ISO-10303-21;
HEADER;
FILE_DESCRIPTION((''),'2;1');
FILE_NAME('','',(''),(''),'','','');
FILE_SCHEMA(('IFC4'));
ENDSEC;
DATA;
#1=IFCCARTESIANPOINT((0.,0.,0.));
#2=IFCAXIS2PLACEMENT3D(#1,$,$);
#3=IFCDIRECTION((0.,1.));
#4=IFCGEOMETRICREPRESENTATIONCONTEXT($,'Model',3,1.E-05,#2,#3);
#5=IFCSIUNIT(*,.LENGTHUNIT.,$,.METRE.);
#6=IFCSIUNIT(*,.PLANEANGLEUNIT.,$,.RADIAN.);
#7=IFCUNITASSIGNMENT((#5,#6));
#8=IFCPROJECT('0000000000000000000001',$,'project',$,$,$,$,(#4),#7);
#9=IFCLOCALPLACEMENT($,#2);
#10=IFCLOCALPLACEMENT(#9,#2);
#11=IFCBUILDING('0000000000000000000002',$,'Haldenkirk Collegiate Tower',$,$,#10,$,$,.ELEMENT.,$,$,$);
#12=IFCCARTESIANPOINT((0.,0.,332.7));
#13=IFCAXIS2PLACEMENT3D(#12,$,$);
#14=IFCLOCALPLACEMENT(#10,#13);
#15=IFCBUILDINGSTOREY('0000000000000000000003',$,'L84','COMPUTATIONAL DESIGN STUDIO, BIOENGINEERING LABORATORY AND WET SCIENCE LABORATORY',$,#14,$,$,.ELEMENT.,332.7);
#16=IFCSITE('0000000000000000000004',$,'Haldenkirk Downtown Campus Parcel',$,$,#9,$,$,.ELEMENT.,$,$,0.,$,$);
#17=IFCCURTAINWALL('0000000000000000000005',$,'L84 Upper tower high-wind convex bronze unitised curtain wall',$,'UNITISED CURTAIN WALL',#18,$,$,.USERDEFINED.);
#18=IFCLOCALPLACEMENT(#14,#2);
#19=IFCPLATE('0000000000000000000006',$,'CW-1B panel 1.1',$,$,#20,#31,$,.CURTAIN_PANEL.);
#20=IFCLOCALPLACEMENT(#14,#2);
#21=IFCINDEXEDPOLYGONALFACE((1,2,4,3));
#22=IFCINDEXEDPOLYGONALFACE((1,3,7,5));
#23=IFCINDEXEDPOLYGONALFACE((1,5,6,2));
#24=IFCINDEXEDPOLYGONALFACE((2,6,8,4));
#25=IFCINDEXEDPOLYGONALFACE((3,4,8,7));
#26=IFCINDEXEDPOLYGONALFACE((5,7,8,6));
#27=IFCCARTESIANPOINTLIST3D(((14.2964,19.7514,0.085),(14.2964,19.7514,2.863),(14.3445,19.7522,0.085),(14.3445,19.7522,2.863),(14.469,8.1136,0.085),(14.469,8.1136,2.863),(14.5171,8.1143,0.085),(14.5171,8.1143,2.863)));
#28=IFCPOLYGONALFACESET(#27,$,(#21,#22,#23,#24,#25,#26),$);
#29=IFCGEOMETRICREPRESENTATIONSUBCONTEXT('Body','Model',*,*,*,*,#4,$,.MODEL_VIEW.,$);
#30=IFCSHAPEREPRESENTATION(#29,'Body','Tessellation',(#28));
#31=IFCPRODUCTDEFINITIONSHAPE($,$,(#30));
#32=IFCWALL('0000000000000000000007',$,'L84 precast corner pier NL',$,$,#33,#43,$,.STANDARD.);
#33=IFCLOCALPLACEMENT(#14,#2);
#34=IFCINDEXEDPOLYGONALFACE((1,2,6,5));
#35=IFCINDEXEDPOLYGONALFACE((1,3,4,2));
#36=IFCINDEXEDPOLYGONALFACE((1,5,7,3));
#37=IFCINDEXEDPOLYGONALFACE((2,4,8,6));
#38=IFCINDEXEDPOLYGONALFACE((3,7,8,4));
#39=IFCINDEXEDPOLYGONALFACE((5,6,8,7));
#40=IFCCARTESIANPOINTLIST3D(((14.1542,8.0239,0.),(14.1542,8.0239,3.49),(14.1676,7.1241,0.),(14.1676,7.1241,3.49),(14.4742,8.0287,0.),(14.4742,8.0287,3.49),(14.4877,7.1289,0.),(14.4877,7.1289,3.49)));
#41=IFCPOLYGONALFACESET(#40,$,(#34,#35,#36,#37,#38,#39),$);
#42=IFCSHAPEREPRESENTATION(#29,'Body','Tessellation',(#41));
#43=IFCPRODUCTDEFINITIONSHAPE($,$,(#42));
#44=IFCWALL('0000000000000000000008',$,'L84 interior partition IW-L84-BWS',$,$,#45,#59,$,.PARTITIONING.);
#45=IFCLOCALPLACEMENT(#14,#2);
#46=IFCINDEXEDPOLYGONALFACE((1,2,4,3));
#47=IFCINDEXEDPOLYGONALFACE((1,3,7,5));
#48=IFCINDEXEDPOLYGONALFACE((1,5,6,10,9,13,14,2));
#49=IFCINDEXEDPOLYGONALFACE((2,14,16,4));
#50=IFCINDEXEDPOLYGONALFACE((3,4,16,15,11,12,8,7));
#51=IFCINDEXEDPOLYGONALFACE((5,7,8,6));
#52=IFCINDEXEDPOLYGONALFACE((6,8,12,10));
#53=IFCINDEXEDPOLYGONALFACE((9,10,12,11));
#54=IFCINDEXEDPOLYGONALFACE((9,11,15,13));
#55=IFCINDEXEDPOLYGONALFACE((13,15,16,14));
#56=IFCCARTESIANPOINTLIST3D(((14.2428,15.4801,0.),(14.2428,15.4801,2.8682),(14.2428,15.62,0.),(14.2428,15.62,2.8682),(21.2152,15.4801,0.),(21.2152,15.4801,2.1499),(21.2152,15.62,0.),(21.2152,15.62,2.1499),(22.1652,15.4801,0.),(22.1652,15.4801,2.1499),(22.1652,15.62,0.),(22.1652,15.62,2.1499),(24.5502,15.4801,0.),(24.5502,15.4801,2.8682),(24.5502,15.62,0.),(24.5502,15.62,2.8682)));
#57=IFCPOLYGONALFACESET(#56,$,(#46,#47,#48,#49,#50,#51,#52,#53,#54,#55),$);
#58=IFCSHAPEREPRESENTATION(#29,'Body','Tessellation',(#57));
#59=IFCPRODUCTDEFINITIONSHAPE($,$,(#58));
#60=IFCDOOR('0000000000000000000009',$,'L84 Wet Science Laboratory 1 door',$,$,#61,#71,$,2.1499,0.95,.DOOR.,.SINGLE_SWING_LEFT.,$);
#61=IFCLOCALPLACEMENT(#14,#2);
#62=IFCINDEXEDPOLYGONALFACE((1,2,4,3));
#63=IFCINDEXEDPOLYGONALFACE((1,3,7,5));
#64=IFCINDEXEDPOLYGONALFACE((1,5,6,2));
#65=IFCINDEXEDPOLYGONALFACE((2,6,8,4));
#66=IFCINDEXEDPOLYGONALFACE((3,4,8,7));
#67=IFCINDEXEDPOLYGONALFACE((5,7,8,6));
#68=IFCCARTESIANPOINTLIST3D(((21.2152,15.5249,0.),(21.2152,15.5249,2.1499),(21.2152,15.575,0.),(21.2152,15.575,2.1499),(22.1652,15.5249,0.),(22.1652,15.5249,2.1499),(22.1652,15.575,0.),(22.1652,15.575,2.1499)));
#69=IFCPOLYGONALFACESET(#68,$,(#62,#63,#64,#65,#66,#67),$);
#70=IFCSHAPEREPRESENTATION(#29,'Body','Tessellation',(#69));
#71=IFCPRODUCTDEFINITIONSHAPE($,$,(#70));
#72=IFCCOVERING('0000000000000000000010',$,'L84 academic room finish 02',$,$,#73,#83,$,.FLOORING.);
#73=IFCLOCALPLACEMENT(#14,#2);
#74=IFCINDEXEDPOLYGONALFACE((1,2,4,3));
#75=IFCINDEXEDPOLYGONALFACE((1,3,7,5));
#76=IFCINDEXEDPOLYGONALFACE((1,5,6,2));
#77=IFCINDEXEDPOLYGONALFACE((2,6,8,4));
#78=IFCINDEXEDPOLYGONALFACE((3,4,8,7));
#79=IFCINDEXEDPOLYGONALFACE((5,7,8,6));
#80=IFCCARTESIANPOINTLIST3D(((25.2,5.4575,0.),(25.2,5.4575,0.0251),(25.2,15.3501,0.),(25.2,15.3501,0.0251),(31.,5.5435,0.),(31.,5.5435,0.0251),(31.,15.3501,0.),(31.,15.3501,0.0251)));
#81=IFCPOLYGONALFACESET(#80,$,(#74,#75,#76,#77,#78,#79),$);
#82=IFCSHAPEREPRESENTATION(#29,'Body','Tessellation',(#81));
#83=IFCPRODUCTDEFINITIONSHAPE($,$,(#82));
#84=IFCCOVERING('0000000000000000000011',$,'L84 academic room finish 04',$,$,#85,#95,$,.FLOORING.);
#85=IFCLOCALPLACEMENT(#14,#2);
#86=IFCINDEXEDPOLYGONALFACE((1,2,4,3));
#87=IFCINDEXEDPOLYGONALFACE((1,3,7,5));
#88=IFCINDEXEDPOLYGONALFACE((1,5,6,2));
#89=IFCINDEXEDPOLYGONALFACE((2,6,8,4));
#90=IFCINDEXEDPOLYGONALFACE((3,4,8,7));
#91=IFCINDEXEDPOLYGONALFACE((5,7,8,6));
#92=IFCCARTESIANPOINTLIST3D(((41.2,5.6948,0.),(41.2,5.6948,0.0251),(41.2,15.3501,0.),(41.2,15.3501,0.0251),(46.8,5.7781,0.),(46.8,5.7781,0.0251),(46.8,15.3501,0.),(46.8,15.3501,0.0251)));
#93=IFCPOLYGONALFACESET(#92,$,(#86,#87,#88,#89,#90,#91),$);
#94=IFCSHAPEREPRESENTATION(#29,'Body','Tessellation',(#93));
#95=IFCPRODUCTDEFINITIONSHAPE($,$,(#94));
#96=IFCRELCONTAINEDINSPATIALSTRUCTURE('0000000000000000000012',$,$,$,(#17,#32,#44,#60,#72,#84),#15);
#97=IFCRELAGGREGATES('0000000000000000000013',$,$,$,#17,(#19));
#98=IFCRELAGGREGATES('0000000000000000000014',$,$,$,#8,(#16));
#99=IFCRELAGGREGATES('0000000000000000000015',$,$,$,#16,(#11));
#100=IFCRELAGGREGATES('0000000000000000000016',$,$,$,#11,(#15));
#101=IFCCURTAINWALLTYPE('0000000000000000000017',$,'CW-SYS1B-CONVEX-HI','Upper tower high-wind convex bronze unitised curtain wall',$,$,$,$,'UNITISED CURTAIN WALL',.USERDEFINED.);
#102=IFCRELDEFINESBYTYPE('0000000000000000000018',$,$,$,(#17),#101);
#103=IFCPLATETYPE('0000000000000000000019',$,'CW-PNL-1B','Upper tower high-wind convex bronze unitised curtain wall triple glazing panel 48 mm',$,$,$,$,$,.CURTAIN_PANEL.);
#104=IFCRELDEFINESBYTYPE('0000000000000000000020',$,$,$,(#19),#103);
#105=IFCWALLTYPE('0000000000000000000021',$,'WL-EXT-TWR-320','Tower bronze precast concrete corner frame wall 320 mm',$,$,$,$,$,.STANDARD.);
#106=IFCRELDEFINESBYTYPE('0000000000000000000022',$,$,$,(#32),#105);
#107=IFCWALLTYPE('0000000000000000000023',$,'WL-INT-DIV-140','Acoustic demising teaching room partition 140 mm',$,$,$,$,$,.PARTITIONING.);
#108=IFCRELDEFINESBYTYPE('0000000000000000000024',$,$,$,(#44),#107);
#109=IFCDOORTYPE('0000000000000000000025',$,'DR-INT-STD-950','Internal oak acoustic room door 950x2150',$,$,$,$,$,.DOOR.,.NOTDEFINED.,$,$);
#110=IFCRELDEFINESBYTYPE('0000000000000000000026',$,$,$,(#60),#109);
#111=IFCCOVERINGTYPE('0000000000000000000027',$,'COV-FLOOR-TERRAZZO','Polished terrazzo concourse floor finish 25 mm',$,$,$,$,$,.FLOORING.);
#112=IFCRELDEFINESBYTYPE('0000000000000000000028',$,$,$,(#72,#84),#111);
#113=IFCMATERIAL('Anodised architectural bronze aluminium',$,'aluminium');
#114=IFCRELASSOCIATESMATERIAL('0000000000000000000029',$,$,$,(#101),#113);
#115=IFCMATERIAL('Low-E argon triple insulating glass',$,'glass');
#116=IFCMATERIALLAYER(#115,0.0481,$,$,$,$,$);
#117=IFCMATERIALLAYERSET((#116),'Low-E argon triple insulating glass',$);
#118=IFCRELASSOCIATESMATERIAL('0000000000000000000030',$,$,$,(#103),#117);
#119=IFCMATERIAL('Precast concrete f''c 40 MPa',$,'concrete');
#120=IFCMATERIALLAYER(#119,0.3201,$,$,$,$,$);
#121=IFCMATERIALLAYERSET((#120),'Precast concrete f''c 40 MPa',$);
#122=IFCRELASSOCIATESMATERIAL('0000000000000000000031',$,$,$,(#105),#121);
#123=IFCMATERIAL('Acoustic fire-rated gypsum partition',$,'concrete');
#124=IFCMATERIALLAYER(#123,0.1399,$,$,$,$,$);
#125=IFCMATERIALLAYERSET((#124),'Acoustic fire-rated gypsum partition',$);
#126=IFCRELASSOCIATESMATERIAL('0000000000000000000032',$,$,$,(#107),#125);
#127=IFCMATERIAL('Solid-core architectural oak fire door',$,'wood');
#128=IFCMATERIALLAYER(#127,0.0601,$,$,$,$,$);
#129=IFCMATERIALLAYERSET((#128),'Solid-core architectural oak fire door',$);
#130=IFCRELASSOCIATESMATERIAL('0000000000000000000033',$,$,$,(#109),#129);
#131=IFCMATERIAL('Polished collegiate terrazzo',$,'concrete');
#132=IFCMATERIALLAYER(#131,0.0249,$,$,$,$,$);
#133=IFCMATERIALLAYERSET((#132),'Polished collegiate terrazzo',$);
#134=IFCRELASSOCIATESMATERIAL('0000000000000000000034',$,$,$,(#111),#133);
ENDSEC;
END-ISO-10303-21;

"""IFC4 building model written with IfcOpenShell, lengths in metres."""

from ifc_helpers import new_model, si_unit, direction, frame, frame_2d, origin, origin_2d, place, context, subcontext, project, spatial, polyline, rectangle, outline, extrude, source, transform, mapped, material, layer, layer_set, type_object, element, fill, aggregate, save


model = new_model("IFC4")

# Units and contexts
model_context = context("Model", 3, precision=1e-05, world=origin(), true_north=direction((0.0, 1.0)))
body_context = subcontext(model_context, "Body", "Model", "MODEL_VIEW")
ifc_project = project(units=[si_unit("LENGTHUNIT", "METRE"), si_unit("PLANEANGLEUNIT", "RADIAN")], contexts=[model_context])

# Site, building, storey
site_placement = place(None, origin())
site = spatial("IfcSite", under=ifc_project, at=site_placement, Name="Haldenkirk Downtown Campus Parcel", CompositionType="ELEMENT", RefElevation=0.0)
building_placement = place(site_placement, origin())
building = spatial("IfcBuilding", under=site, at=building_placement, Name="Haldenkirk Collegiate Tower", CompositionType="ELEMENT")
storey_placement = place(building_placement, frame((0.0, 0.0, 332.7)))
storey = spatial("IfcBuildingStorey", under=building, at=storey_placement, Name="L84", Description="COMPUTATIONAL DESIGN STUDIO, BIOENGINEERING LABORATORY AND WET SCIENCE LABORATORY", CompositionType="ELEMENT", Elevation=332.7)

# Curtain wall
ifc_material_1 = material(Name="Anodised architectural bronze aluminium", Category="aluminium")
curtain_wall_type = type_object("IfcCurtainWallType", Name="CW-SYS1B-CONVEX-HI", Description="Upper tower high-wind convex bronze unitised curtain wall", ElementType="UNITISED CURTAIN WALL", PredefinedType="USERDEFINED", material=ifc_material_1)
curtain_wall_placement = place(storey_placement, origin())
curtain_wall = element("IfcCurtainWall", 1, at=curtain_wall_placement, inside=storey, type_object=curtain_wall_type, Name="L84 Upper tower high-wind convex bronze unitised curtain wall", ObjectType="UNITISED CURTAIN WALL", PredefinedType="USERDEFINED")

# Plate
ifc_material_2 = material(Name="Low-E argon triple insulating glass", Category="glass")
ifc_layer_1 = layer(ifc_material_2, 0.0481)
ifc_layer_set_1 = layer_set([ifc_layer_1], Name="Low-E argon triple insulating glass")
plate_type_1 = type_object("IfcPlateType", Name="CW-PNL-1B", Description="Upper tower high-wind convex bronze unitised curtain wall triple glazing panel 48 mm", PredefinedType="CURTAIN_PANEL", material=ifc_layer_set_1)
shared_shape_1 = source(origin(), body_context, "Body", "SweptSolid", [
    extrude(rectangle(XDim=11.6392, YDim=0.0481, at=origin_2d()), origin(), (0.0, 0.0, 1.0), 2.7781),
])
plate_1_placement = place(storey_placement, frame((14.4067, 13.9329, 0.085), z_axis=(0.0, 0.0, 1.0), x_axis=(-0.014833, 0.99989, 0.0)))
plate_1 = element("IfcPlate", 2, at=plate_1_placement, type_object=plate_type_1, Name="CW-1B panel 1.1", PredefinedType="CURTAIN_PANEL", context=body_context, shape_type="MappedRepresentation", body=[
    mapped(shared_shape_1, transform((0.0, 0.0, 0.0), x_axis=(1.0, 0.0, 0.0), y_axis=(0.0, 1.0, 0.0), z_axis=(0.0, 0.0, 1.0), scale=1.0)),
])
aggregate(curtain_wall, [plate_1])

# Wall
ifc_material_3 = material(Name="Precast concrete f'c 40 MPa", Category="concrete")
ifc_layer_2 = layer(ifc_material_3, 0.3201)
ifc_layer_set_2 = layer_set([ifc_layer_2], Name="Precast concrete f'c 40 MPa")
wall_type_1 = type_object("IfcWallType", Name="WL-EXT-TWR-320", Description="Tower bronze precast concrete corner frame wall 320 mm", PredefinedType="STANDARD", material=ifc_layer_set_2)
wall_1_placement = place(storey_placement, frame((14.3276, 7.1265, 0.0), z_axis=(0.0, 0.0, 1.0), x_axis=(-0.01492, 0.999889, 0.0)))
element("IfcWall", 3, at=wall_1_placement, inside=storey, type_object=wall_type_1, Name="L84 precast corner pier NL", PredefinedType="STANDARD", context=body_context, shape_type="SweptSolid", body=[
    extrude(rectangle(XDim=0.8999, YDim=0.3201, at=frame_2d((0.45, 0.0))), origin(), (0.0, 0.0, 1.0), 3.49),
])

# Wall, opening, door
ifc_material_4 = material(Name="Acoustic fire-rated gypsum partition", Category="concrete")
ifc_layer_3 = layer(ifc_material_4, 0.1399)
ifc_layer_set_3 = layer_set([ifc_layer_3], Name="Acoustic fire-rated gypsum partition")
wall_type_2 = type_object("IfcWallType", Name="WL-INT-DIV-140", Description="Acoustic demising teaching room partition 140 mm", PredefinedType="PARTITIONING", material=ifc_layer_set_3)
wall_2_placement = place(storey_placement, frame((14.2427, 15.55, 0.0), z_axis=(0.0, 0.0, 1.0), x_axis=(1.0, 0.0, 0.0)))
wall_2 = element("IfcWall", 4, at=wall_2_placement, inside=storey, type_object=wall_type_2, Name="L84 interior partition IW-L84-BWS", PredefinedType="PARTITIONING", context=body_context, shape_type="SweptSolid", body=[
    extrude(rectangle(XDim=10.3074, YDim=0.1399, at=frame_2d((5.1538, 0.0))), origin(), (0.0, 0.0, 1.0), 2.8682),
])
opening_placement = place(wall_2_placement, frame((6.9724, 0.0, 0.0)))
opening = element("IfcOpeningElement", 5, at=opening_placement, cuts=wall_2, PredefinedType="OPENING", context=body_context, shape_type="SweptSolid", body=[
    extrude(rectangle(XDim=0.95, YDim=2.1499, at=frame_2d((0.4751, 1.075))), frame((0.0, 0.0798, 0.0), z_axis=(0.0, -1.0, 0.0), x_axis=(1.0, 0.0, 0.0)), (0.0, 0.0, 1.0), 0.1599),
])
ifc_material_5 = material(Name="Solid-core architectural oak fire door", Category="wood")
ifc_layer_4 = layer(ifc_material_5, 0.0601)
ifc_layer_set_4 = layer_set([ifc_layer_4], Name="Solid-core architectural oak fire door")
door_type = type_object("IfcDoorType", Name="DR-INT-STD-950", Description="Internal oak acoustic room door 950x2150", OperationType="NOTDEFINED", PredefinedType="DOOR", material=ifc_layer_set_4)
door_placement = place(opening_placement, origin())
door = element("IfcDoor", 6, at=door_placement, inside=storey, type_object=door_type, Name="L84 Wet Science Laboratory 1 door", OperationType="SINGLE_SWING_LEFT", OverallHeight=2.1499, OverallWidth=0.95, PredefinedType="DOOR", context=body_context, shape_type="SweptSolid", body=[
    extrude(rectangle(XDim=0.95, YDim=2.1499, at=frame_2d((0.4751, 1.075))), frame((0.0, 0.0249, 0.0), z_axis=(0.0, -1.0, 0.0), x_axis=(1.0, 0.0, 0.0)), (0.0, 0.0, 1.0), 0.05),
])
fill(opening, door)

# Coverings
ifc_material_6 = material(Name="Polished collegiate terrazzo", Category="concrete")
ifc_layer_5 = layer(ifc_material_6, 0.0249)
ifc_layer_set_5 = layer_set([ifc_layer_5], Name="Polished collegiate terrazzo")
covering_type_1 = type_object("IfcCoveringType", Name="COV-FLOOR-TERRAZZO", Description="Polished terrazzo concourse floor finish 25 mm", PredefinedType="FLOORING", material=ifc_layer_set_5)
covering_1_placement = place(storey_placement, origin())
element("IfcCovering", 7, at=covering_1_placement, inside=storey, type_object=covering_type_1, Name="L84 academic room finish 02", PredefinedType="FLOORING", context=body_context, shape_type="SweptSolid", body=[
    extrude(outline(polyline([(25.2, 5.4575), (25.2, 15.3501), (31.0, 15.3501), (31.0, 5.5435), (25.2, 5.4575)])), origin(), (0.0, 0.0, 1.0), 0.0251),
])
covering_2_placement = place(storey_placement, origin())
element("IfcCovering", 8, at=covering_2_placement, inside=storey, type_object=covering_type_1, Name="L84 academic room finish 04", PredefinedType="FLOORING", context=body_context, shape_type="SweptSolid", body=[
    extrude(outline(polyline([(41.2, 5.6948), (41.2, 15.3501), (46.8, 15.3501), (46.8, 5.7781), (41.2, 5.6948)])), origin(), (0.0, 0.0, 1.0), 0.0251),
])

save(model, "model.ifc")
